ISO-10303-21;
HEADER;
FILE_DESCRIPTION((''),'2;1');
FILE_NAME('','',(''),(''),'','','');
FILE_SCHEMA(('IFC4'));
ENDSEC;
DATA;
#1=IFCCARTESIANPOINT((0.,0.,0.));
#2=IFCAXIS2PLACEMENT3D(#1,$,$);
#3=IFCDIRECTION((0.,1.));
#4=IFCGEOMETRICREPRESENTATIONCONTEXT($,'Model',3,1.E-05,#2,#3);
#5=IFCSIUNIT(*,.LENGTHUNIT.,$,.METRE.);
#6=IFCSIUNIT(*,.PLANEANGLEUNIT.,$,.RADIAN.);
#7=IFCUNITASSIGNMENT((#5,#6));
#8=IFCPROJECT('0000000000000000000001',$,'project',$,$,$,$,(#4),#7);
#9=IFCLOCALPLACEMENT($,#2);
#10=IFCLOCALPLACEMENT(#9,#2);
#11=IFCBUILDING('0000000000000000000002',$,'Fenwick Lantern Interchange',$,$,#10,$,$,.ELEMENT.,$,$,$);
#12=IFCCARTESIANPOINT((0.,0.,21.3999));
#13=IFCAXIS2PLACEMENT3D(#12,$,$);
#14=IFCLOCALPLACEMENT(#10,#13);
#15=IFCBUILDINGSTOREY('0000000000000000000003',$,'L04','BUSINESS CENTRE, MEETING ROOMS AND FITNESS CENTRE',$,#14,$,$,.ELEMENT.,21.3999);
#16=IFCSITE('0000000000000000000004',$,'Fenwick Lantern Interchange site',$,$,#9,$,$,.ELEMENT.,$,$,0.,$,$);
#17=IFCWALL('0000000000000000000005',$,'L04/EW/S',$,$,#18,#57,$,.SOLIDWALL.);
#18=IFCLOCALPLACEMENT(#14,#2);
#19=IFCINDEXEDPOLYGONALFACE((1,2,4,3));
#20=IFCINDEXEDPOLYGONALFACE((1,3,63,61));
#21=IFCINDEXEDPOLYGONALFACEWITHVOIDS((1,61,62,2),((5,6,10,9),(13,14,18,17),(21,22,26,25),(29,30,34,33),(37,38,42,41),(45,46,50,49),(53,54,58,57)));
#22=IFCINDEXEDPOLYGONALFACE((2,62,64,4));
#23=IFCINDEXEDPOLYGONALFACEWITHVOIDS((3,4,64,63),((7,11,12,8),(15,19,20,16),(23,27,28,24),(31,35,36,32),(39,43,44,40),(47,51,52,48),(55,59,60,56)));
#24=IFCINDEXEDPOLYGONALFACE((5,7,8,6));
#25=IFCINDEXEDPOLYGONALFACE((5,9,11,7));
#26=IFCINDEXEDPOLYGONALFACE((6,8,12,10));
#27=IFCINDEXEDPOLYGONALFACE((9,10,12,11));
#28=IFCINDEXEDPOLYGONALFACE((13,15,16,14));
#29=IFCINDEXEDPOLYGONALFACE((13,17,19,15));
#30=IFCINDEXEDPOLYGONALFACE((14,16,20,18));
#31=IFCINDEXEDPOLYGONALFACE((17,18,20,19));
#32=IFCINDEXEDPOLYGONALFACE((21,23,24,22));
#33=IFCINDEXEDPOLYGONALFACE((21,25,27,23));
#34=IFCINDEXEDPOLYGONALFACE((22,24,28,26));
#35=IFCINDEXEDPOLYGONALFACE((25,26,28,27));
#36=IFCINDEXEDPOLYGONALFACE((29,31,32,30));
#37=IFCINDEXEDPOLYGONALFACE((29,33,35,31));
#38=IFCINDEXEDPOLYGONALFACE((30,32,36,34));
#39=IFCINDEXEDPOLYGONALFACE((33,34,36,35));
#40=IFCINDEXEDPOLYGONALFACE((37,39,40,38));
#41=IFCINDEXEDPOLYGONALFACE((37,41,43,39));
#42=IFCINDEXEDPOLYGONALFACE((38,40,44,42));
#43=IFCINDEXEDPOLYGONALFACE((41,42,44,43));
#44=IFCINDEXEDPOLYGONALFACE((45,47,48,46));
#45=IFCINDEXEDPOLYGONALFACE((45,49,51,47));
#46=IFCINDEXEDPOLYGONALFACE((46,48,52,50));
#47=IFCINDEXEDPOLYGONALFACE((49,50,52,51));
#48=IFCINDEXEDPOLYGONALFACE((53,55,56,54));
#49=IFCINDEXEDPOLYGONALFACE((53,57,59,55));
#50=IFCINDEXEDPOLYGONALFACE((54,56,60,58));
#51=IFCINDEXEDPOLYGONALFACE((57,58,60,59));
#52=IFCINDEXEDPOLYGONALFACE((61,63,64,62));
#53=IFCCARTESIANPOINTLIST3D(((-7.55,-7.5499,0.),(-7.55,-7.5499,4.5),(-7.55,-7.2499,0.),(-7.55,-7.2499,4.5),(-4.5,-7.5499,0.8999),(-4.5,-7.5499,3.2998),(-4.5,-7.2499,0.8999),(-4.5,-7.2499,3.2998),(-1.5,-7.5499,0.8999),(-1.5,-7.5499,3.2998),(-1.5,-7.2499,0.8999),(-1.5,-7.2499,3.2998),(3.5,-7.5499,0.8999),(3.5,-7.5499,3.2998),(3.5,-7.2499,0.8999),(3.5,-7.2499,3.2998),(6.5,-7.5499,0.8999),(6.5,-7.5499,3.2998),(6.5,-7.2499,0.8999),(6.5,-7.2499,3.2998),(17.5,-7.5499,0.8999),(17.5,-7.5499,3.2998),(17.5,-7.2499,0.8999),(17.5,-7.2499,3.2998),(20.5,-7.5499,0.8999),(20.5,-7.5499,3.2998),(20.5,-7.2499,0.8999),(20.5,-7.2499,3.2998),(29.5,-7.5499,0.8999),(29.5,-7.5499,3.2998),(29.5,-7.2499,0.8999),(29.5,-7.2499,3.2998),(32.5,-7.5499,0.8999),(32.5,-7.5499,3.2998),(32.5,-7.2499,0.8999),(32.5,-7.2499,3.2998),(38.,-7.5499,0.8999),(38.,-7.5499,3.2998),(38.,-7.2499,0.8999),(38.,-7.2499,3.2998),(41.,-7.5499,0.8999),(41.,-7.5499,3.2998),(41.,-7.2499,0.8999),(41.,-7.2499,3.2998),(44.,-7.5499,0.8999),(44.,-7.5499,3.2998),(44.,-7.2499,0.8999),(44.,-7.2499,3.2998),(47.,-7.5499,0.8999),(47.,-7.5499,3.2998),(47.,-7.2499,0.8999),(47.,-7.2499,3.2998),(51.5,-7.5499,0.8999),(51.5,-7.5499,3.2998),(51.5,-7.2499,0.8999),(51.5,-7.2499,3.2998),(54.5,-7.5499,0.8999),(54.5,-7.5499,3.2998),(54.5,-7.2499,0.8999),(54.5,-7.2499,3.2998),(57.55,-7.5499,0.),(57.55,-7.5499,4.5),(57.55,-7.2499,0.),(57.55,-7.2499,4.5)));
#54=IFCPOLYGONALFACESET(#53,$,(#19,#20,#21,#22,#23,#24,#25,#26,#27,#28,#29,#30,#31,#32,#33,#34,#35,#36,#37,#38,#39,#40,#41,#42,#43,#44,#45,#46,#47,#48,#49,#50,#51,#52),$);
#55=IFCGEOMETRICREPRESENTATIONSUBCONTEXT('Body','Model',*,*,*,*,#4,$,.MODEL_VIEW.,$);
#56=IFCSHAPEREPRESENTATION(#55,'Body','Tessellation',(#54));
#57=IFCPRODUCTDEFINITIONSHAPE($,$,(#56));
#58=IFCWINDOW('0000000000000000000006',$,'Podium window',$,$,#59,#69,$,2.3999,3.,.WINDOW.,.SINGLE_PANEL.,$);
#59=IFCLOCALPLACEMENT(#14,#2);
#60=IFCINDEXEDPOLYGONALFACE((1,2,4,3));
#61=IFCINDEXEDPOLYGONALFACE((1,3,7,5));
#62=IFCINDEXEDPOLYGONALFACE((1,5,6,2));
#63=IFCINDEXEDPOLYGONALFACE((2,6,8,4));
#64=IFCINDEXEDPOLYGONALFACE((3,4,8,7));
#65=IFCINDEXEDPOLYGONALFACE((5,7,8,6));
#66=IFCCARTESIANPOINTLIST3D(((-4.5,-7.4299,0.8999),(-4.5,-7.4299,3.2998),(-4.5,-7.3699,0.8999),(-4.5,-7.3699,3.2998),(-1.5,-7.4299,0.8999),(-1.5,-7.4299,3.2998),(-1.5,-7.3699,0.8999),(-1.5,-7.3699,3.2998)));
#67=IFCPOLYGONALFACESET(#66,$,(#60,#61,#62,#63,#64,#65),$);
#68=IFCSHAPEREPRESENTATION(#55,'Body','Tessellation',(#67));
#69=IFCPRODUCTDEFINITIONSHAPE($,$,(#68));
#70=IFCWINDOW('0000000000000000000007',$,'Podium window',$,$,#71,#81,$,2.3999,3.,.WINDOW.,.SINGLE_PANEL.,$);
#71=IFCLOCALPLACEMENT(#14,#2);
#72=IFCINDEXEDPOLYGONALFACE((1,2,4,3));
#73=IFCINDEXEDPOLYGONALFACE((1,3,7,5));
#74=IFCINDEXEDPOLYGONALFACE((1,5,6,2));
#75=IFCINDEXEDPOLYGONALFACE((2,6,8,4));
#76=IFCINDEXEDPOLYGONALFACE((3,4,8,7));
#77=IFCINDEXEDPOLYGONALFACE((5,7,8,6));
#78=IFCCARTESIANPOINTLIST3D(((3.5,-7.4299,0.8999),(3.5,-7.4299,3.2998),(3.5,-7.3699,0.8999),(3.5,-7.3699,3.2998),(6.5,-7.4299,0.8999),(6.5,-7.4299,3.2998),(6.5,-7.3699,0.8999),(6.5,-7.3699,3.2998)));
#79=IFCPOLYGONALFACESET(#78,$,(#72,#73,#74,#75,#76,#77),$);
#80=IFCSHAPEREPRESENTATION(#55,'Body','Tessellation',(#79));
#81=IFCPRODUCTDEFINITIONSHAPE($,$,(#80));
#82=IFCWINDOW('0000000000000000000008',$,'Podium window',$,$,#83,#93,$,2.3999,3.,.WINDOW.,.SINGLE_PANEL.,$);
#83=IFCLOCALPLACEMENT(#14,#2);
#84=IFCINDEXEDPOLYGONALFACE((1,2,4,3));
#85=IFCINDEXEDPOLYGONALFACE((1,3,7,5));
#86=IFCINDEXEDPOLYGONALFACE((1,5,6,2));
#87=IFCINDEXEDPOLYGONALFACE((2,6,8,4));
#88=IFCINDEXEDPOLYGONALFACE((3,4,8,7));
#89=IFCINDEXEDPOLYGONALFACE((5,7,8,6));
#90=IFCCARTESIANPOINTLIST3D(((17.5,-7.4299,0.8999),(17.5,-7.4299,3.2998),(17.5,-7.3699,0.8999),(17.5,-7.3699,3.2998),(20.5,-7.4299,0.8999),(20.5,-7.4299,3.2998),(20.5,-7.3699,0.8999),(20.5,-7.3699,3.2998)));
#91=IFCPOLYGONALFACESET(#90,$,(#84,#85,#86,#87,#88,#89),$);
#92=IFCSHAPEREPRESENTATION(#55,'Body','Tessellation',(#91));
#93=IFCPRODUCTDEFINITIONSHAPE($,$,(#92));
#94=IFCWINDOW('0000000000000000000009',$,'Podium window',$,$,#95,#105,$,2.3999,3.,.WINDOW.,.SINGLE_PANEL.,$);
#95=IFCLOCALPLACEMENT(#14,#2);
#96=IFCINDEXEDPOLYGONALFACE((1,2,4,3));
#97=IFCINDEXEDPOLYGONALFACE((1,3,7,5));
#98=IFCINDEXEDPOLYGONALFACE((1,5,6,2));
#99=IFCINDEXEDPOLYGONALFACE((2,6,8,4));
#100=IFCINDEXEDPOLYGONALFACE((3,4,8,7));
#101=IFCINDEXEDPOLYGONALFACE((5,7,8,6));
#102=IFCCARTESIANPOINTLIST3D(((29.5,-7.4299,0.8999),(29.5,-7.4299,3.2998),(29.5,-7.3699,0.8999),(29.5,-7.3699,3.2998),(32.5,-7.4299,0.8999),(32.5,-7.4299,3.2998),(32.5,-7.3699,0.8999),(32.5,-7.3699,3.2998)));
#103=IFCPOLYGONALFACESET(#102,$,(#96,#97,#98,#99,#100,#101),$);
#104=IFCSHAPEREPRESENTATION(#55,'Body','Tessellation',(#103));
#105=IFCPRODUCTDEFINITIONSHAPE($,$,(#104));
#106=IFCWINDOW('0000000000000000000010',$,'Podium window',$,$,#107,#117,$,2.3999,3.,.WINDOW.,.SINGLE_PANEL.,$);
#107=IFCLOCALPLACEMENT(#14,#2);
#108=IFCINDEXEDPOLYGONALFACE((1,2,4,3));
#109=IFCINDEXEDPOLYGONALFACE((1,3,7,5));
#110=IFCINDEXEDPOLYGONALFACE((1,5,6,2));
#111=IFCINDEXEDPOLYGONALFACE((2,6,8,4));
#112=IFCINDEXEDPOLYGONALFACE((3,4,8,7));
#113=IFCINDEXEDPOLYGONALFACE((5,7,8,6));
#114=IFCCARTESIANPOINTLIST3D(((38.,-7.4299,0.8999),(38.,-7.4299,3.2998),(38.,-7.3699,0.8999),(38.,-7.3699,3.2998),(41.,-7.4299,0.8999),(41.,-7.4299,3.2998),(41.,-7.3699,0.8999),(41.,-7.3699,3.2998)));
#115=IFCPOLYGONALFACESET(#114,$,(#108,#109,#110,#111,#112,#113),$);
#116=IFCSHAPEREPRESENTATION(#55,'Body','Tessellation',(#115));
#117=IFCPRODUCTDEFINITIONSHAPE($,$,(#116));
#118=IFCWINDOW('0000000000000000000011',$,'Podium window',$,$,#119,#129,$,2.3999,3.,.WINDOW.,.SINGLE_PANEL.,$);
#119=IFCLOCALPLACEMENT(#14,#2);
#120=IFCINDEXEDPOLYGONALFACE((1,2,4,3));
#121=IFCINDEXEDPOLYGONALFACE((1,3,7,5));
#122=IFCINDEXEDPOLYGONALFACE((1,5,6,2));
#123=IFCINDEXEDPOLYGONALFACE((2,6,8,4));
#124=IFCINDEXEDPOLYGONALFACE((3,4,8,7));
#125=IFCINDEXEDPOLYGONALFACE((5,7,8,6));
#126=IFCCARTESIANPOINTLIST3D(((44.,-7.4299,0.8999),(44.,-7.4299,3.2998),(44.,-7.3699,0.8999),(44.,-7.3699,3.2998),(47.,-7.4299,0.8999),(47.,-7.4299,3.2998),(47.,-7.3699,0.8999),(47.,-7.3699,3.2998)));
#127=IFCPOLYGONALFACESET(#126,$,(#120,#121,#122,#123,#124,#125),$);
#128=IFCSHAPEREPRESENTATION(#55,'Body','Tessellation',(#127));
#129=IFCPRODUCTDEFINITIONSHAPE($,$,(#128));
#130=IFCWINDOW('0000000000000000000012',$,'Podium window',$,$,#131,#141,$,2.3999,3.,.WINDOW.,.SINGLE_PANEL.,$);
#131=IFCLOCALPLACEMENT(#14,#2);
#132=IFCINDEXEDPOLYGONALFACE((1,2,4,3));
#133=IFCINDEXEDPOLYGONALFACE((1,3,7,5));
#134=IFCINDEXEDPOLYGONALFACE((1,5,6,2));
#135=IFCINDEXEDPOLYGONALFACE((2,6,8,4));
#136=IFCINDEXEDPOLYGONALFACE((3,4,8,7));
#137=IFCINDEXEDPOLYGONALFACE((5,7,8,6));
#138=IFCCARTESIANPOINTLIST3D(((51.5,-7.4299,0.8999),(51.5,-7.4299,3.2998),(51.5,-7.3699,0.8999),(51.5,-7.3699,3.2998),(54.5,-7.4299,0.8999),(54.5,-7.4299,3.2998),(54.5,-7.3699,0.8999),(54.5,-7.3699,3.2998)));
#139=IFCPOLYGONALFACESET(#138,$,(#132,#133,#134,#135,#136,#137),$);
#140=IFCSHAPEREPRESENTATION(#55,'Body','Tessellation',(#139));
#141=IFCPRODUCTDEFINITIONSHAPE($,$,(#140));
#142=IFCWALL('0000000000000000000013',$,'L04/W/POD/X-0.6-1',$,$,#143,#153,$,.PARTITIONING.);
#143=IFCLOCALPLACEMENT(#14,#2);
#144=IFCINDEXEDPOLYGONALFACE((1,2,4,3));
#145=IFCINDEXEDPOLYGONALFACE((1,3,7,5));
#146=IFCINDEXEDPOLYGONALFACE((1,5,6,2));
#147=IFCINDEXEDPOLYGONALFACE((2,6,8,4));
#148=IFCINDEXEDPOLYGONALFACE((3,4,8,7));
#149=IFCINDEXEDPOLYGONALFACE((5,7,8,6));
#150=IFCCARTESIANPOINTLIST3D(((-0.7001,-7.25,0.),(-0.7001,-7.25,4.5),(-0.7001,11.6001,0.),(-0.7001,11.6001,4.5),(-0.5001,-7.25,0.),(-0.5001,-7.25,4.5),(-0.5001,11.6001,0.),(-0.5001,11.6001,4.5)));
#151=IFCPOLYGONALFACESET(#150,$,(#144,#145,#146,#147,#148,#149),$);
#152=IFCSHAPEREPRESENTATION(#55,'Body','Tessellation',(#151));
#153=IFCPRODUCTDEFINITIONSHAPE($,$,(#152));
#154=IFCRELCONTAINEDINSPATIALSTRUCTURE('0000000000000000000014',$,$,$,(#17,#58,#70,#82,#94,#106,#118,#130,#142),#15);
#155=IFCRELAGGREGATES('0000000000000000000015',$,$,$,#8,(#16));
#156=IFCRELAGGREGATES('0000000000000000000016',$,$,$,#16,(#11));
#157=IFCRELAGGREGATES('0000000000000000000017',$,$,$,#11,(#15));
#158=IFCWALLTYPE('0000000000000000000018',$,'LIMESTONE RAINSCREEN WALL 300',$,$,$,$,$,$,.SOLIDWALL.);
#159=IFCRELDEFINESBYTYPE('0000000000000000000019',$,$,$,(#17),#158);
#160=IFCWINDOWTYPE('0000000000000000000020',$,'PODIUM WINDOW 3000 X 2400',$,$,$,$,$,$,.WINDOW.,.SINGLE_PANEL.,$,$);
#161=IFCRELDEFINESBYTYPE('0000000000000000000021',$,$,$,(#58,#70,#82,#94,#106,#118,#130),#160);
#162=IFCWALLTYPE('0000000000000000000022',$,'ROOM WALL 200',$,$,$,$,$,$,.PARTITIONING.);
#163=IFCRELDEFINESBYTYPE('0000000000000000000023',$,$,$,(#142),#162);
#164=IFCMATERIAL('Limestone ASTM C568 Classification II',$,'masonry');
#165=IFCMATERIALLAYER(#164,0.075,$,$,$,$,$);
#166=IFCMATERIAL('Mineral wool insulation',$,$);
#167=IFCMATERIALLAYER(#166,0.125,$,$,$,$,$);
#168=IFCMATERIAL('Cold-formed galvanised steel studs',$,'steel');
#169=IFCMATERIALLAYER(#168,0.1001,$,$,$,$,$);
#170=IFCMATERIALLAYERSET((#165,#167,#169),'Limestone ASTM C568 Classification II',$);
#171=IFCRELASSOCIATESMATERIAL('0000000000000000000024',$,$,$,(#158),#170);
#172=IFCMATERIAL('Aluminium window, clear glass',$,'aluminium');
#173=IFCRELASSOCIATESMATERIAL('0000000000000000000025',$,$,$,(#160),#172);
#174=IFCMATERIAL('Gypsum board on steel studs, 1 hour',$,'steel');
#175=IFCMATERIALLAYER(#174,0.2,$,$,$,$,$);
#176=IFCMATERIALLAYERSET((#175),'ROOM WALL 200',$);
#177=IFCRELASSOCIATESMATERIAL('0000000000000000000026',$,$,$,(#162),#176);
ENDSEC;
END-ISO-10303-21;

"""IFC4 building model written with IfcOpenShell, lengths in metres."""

from ifc_helpers import new_model, si_unit, direction, frame, frame_2d, origin, place, context, subcontext, project, spatial, rectangle, extrude, material, layer, layer_set, type_object, element, fill, save


model = new_model("IFC4")

# Units and contexts
model_context = context("Model", 3, precision=1e-05, world=origin(), true_north=direction((0.0, 1.0)))
body_context = subcontext(model_context, "Body", "Model", "MODEL_VIEW")
ifc_project = project(units=[si_unit("LENGTHUNIT", "METRE"), si_unit("PLANEANGLEUNIT", "RADIAN")], contexts=[model_context])

# Site, building, storey
site_placement = place(None, origin())
site = spatial("IfcSite", under=ifc_project, at=site_placement, Name="Fenwick Lantern Interchange site", CompositionType="ELEMENT", RefElevation=0.0)
building_placement = place(site_placement, origin())
building = spatial("IfcBuilding", under=site, at=building_placement, Name="Fenwick Lantern Interchange", CompositionType="ELEMENT")
storey_placement = place(building_placement, frame((0.0, 0.0, 21.3999)))
storey = spatial("IfcBuildingStorey", under=building, at=storey_placement, Name="L04", Description="BUSINESS CENTRE, MEETING ROOMS AND FITNESS CENTRE", CompositionType="ELEMENT", Elevation=21.3999)

# Wall, openings, windows
ifc_material_1 = material(Name="Limestone ASTM C568 Classification II", Category="masonry")
ifc_layer_1 = layer(ifc_material_1, 0.075)
ifc_material_2 = material(Name="Mineral wool insulation")
ifc_layer_2 = layer(ifc_material_2, 0.125)
ifc_material_3 = material(Name="Cold-formed galvanised steel studs", Category="steel")
ifc_layer_3 = layer(ifc_material_3, 0.1001)
ifc_layer_set_1 = layer_set([ifc_layer_1, ifc_layer_2, ifc_layer_3], Name="Limestone ASTM C568 Classification II")
wall_type_1 = type_object("IfcWallType", Name="LIMESTONE RAINSCREEN WALL 300", PredefinedType="SOLIDWALL", material=ifc_layer_set_1)
wall_1_placement = place(storey_placement, frame((-7.55, -7.3999, 0.0), z_axis=(0.0, 0.0, 1.0), x_axis=(1.0, 0.0, 0.0)))
wall_1 = element("IfcWall", 1, at=wall_1_placement, inside=storey, type_object=wall_type_1, Name="L04/EW/S", PredefinedType="SOLIDWALL", context=body_context, shape_type="SweptSolid", body=[
    extrude(rectangle(XDim=65.1001, YDim=0.3, at=frame_2d((32.55, 0.0))), origin(), (0.0, 0.0, 1.0), 4.5),
])
opening_1_placement = place(wall_1_placement, frame((3.05, 0.0, 0.8999)))
opening_1 = element("IfcOpeningElement", 2, at=opening_1_placement, cuts=wall_1, PredefinedType="OPENING", context=body_context, shape_type="SweptSolid", body=[
    extrude(rectangle(XDim=3.0, YDim=2.3999, at=frame_2d((1.5, 1.2))), frame((0.0, 0.1599, 0.0), z_axis=(0.0, -1.0, 0.0), x_axis=(1.0, 0.0, 0.0)), (0.0, 0.0, 1.0), 0.3201),
])
opening_2_placement = place(wall_1_placement, frame((11.05, 0.0, 0.8999)))
opening_2 = element("IfcOpeningElement", 3, at=opening_2_placement, cuts=wall_1, PredefinedType="OPENING", context=body_context, shape_type="SweptSolid", body=[
    extrude(rectangle(XDim=3.0, YDim=2.3999, at=frame_2d((1.5, 1.2))), frame((0.0, 0.1599, 0.0), z_axis=(0.0, -1.0, 0.0), x_axis=(1.0, 0.0, 0.0)), (0.0, 0.0, 1.0), 0.3201),
])
opening_3_placement = place(wall_1_placement, frame((25.05, 0.0, 0.8999)))
opening_3 = element("IfcOpeningElement", 4, at=opening_3_placement, cuts=wall_1, PredefinedType="OPENING", context=body_context, shape_type="SweptSolid", body=[
    extrude(rectangle(XDim=3.0, YDim=2.3999, at=frame_2d((1.5, 1.2))), frame((0.0, 0.1599, 0.0), z_axis=(0.0, -1.0, 0.0), x_axis=(1.0, 0.0, 0.0)), (0.0, 0.0, 1.0), 0.3201),
])
opening_4_placement = place(wall_1_placement, frame((37.05, 0.0, 0.8999)))
opening_4 = element("IfcOpeningElement", 5, at=opening_4_placement, cuts=wall_1, PredefinedType="OPENING", context=body_context, shape_type="SweptSolid", body=[
    extrude(rectangle(XDim=3.0, YDim=2.3999, at=frame_2d((1.5, 1.2))), frame((0.0, 0.1599, 0.0), z_axis=(0.0, -1.0, 0.0), x_axis=(1.0, 0.0, 0.0)), (0.0, 0.0, 1.0), 0.3201),
])
opening_5_placement = place(wall_1_placement, frame((45.55, 0.0, 0.8999)))
opening_5 = element("IfcOpeningElement", 6, at=opening_5_placement, cuts=wall_1, PredefinedType="OPENING", context=body_context, shape_type="SweptSolid", body=[
    extrude(rectangle(XDim=3.0, YDim=2.3999, at=frame_2d((1.5, 1.2))), frame((0.0, 0.1599, 0.0), z_axis=(0.0, -1.0, 0.0), x_axis=(1.0, 0.0, 0.0)), (0.0, 0.0, 1.0), 0.3201),
])
opening_6_placement = place(wall_1_placement, frame((51.55, 0.0, 0.8999)))
opening_6 = element("IfcOpeningElement", 7, at=opening_6_placement, cuts=wall_1, PredefinedType="OPENING", context=body_context, shape_type="SweptSolid", body=[
    extrude(rectangle(XDim=3.0, YDim=2.3999, at=frame_2d((1.5, 1.2))), frame((0.0, 0.1599, 0.0), z_axis=(0.0, -1.0, 0.0), x_axis=(1.0, 0.0, 0.0)), (0.0, 0.0, 1.0), 0.3201),
])
opening_7_placement = place(wall_1_placement, frame((59.05, 0.0, 0.8999)))
opening_7 = element("IfcOpeningElement", 8, at=opening_7_placement, cuts=wall_1, PredefinedType="OPENING", context=body_context, shape_type="SweptSolid", body=[
    extrude(rectangle(XDim=3.0, YDim=2.3999, at=frame_2d((1.5, 1.2))), frame((0.0, 0.1599, 0.0), z_axis=(0.0, -1.0, 0.0), x_axis=(1.0, 0.0, 0.0)), (0.0, 0.0, 1.0), 0.3201),
])
ifc_material_4 = material(Name="Aluminium window, clear glass", Category="aluminium")
window_type = type_object("IfcWindowType", Name="PODIUM WINDOW 3000 X 2400", PartitioningType="SINGLE_PANEL", PredefinedType="WINDOW", material=ifc_material_4)
window_1_placement = place(opening_1_placement, origin())
window_1 = element("IfcWindow", 9, at=window_1_placement, inside=storey, type_object=window_type, Name="Podium window", OverallHeight=2.3999, OverallWidth=3.0, PartitioningType="SINGLE_PANEL", PredefinedType="WINDOW", context=body_context, shape_type="SweptSolid", body=[
    extrude(rectangle(XDim=3.0, YDim=2.3999, at=frame_2d((1.5, 1.2))), frame((0.0, 0.03, 0.0), z_axis=(0.0, -1.0, 0.0), x_axis=(1.0, 0.0, 0.0)), (0.0, 0.0, 1.0), 0.0601),
])
fill(opening_1, window_1)
window_2_placement = place(opening_2_placement, origin())
window_2 = element("IfcWindow", 10, at=window_2_placement, inside=storey, type_object=window_type, Name="Podium window", OverallHeight=2.3999, OverallWidth=3.0, PartitioningType="SINGLE_PANEL", PredefinedType="WINDOW", context=body_context, shape_type="SweptSolid", body=[
    extrude(rectangle(XDim=3.0, YDim=2.3999, at=frame_2d((1.5, 1.2))), frame((0.0, 0.03, 0.0), z_axis=(0.0, -1.0, 0.0), x_axis=(1.0, 0.0, 0.0)), (0.0, 0.0, 1.0), 0.0601),
])
fill(opening_2, window_2)
window_3_placement = place(opening_3_placement, origin())
window_3 = element("IfcWindow", 11, at=window_3_placement, inside=storey, type_object=window_type, Name="Podium window", OverallHeight=2.3999, OverallWidth=3.0, PartitioningType="SINGLE_PANEL", PredefinedType="WINDOW", context=body_context, shape_type="SweptSolid", body=[
    extrude(rectangle(XDim=3.0, YDim=2.3999, at=frame_2d((1.5, 1.2))), frame((0.0, 0.03, 0.0), z_axis=(0.0, -1.0, 0.0), x_axis=(1.0, 0.0, 0.0)), (0.0, 0.0, 1.0), 0.0601),
])
fill(opening_3, window_3)
window_4_placement = place(opening_4_placement, origin())
window_4 = element("IfcWindow", 12, at=window_4_placement, inside=storey, type_object=window_type, Name="Podium window", OverallHeight=2.3999, OverallWidth=3.0, PartitioningType="SINGLE_PANEL", PredefinedType="WINDOW", context=body_context, shape_type="SweptSolid", body=[
    extrude(rectangle(XDim=3.0, YDim=2.3999, at=frame_2d((1.5, 1.2))), frame((0.0, 0.03, 0.0), z_axis=(0.0, -1.0, 0.0), x_axis=(1.0, 0.0, 0.0)), (0.0, 0.0, 1.0), 0.0601),
])
fill(opening_4, window_4)
window_5_placement = place(opening_5_placement, origin())
window_5 = element("IfcWindow", 13, at=window_5_placement, inside=storey, type_object=window_type, Name="Podium window", OverallHeight=2.3999, OverallWidth=3.0, PartitioningType="SINGLE_PANEL", PredefinedType="WINDOW", context=body_context, shape_type="SweptSolid", body=[
    extrude(rectangle(XDim=3.0, YDim=2.3999, at=frame_2d((1.5, 1.2))), frame((0.0, 0.03, 0.0), z_axis=(0.0, -1.0, 0.0), x_axis=(1.0, 0.0, 0.0)), (0.0, 0.0, 1.0), 0.0601),
])
fill(opening_5, window_5)
window_6_placement = place(opening_6_placement, origin())
window_6 = element("IfcWindow", 14, at=window_6_placement, inside=storey, type_object=window_type, Name="Podium window", OverallHeight=2.3999, OverallWidth=3.0, PartitioningType="SINGLE_PANEL", PredefinedType="WINDOW", context=body_context, shape_type="SweptSolid", body=[
    extrude(rectangle(XDim=3.0, YDim=2.3999, at=frame_2d((1.5, 1.2))), frame((0.0, 0.03, 0.0), z_axis=(0.0, -1.0, 0.0), x_axis=(1.0, 0.0, 0.0)), (0.0, 0.0, 1.0), 0.0601),
])
fill(opening_6, window_6)
window_7_placement = place(opening_7_placement, origin())
window_7 = element("IfcWindow", 15, at=window_7_placement, inside=storey, type_object=window_type, Name="Podium window", OverallHeight=2.3999, OverallWidth=3.0, PartitioningType="SINGLE_PANEL", PredefinedType="WINDOW", context=body_context, shape_type="SweptSolid", body=[
    extrude(rectangle(XDim=3.0, YDim=2.3999, at=frame_2d((1.5, 1.2))), frame((0.0, 0.03, 0.0), z_axis=(0.0, -1.0, 0.0), x_axis=(1.0, 0.0, 0.0)), (0.0, 0.0, 1.0), 0.0601),
])
fill(opening_7, window_7)

# Wall
ifc_material_5 = material(Name="Gypsum board on steel studs, 1 hour", Category="steel")
ifc_layer_4 = layer(ifc_material_5, 0.2)
ifc_layer_set_2 = layer_set([ifc_layer_4], Name="ROOM WALL 200")
wall_type_2 = type_object("IfcWallType", Name="ROOM WALL 200", PredefinedType="PARTITIONING", material=ifc_layer_set_2)
wall_2_placement = place(storey_placement, frame((-0.6001, -7.25, 0.0), z_axis=(0.0, 0.0, 1.0), x_axis=(0.0, 1.0, 0.0)))
element("IfcWall", 16, at=wall_2_placement, inside=storey, type_object=wall_type_2, Name="L04/W/POD/X-0.6-1", PredefinedType="PARTITIONING", context=body_context, shape_type="SweptSolid", body=[
    extrude(rectangle(XDim=18.8501, YDim=0.2, at=frame_2d((9.425, 0.0))), origin(), (0.0, 0.0, 1.0), 4.5),
])

save(model, "model.ifc")
